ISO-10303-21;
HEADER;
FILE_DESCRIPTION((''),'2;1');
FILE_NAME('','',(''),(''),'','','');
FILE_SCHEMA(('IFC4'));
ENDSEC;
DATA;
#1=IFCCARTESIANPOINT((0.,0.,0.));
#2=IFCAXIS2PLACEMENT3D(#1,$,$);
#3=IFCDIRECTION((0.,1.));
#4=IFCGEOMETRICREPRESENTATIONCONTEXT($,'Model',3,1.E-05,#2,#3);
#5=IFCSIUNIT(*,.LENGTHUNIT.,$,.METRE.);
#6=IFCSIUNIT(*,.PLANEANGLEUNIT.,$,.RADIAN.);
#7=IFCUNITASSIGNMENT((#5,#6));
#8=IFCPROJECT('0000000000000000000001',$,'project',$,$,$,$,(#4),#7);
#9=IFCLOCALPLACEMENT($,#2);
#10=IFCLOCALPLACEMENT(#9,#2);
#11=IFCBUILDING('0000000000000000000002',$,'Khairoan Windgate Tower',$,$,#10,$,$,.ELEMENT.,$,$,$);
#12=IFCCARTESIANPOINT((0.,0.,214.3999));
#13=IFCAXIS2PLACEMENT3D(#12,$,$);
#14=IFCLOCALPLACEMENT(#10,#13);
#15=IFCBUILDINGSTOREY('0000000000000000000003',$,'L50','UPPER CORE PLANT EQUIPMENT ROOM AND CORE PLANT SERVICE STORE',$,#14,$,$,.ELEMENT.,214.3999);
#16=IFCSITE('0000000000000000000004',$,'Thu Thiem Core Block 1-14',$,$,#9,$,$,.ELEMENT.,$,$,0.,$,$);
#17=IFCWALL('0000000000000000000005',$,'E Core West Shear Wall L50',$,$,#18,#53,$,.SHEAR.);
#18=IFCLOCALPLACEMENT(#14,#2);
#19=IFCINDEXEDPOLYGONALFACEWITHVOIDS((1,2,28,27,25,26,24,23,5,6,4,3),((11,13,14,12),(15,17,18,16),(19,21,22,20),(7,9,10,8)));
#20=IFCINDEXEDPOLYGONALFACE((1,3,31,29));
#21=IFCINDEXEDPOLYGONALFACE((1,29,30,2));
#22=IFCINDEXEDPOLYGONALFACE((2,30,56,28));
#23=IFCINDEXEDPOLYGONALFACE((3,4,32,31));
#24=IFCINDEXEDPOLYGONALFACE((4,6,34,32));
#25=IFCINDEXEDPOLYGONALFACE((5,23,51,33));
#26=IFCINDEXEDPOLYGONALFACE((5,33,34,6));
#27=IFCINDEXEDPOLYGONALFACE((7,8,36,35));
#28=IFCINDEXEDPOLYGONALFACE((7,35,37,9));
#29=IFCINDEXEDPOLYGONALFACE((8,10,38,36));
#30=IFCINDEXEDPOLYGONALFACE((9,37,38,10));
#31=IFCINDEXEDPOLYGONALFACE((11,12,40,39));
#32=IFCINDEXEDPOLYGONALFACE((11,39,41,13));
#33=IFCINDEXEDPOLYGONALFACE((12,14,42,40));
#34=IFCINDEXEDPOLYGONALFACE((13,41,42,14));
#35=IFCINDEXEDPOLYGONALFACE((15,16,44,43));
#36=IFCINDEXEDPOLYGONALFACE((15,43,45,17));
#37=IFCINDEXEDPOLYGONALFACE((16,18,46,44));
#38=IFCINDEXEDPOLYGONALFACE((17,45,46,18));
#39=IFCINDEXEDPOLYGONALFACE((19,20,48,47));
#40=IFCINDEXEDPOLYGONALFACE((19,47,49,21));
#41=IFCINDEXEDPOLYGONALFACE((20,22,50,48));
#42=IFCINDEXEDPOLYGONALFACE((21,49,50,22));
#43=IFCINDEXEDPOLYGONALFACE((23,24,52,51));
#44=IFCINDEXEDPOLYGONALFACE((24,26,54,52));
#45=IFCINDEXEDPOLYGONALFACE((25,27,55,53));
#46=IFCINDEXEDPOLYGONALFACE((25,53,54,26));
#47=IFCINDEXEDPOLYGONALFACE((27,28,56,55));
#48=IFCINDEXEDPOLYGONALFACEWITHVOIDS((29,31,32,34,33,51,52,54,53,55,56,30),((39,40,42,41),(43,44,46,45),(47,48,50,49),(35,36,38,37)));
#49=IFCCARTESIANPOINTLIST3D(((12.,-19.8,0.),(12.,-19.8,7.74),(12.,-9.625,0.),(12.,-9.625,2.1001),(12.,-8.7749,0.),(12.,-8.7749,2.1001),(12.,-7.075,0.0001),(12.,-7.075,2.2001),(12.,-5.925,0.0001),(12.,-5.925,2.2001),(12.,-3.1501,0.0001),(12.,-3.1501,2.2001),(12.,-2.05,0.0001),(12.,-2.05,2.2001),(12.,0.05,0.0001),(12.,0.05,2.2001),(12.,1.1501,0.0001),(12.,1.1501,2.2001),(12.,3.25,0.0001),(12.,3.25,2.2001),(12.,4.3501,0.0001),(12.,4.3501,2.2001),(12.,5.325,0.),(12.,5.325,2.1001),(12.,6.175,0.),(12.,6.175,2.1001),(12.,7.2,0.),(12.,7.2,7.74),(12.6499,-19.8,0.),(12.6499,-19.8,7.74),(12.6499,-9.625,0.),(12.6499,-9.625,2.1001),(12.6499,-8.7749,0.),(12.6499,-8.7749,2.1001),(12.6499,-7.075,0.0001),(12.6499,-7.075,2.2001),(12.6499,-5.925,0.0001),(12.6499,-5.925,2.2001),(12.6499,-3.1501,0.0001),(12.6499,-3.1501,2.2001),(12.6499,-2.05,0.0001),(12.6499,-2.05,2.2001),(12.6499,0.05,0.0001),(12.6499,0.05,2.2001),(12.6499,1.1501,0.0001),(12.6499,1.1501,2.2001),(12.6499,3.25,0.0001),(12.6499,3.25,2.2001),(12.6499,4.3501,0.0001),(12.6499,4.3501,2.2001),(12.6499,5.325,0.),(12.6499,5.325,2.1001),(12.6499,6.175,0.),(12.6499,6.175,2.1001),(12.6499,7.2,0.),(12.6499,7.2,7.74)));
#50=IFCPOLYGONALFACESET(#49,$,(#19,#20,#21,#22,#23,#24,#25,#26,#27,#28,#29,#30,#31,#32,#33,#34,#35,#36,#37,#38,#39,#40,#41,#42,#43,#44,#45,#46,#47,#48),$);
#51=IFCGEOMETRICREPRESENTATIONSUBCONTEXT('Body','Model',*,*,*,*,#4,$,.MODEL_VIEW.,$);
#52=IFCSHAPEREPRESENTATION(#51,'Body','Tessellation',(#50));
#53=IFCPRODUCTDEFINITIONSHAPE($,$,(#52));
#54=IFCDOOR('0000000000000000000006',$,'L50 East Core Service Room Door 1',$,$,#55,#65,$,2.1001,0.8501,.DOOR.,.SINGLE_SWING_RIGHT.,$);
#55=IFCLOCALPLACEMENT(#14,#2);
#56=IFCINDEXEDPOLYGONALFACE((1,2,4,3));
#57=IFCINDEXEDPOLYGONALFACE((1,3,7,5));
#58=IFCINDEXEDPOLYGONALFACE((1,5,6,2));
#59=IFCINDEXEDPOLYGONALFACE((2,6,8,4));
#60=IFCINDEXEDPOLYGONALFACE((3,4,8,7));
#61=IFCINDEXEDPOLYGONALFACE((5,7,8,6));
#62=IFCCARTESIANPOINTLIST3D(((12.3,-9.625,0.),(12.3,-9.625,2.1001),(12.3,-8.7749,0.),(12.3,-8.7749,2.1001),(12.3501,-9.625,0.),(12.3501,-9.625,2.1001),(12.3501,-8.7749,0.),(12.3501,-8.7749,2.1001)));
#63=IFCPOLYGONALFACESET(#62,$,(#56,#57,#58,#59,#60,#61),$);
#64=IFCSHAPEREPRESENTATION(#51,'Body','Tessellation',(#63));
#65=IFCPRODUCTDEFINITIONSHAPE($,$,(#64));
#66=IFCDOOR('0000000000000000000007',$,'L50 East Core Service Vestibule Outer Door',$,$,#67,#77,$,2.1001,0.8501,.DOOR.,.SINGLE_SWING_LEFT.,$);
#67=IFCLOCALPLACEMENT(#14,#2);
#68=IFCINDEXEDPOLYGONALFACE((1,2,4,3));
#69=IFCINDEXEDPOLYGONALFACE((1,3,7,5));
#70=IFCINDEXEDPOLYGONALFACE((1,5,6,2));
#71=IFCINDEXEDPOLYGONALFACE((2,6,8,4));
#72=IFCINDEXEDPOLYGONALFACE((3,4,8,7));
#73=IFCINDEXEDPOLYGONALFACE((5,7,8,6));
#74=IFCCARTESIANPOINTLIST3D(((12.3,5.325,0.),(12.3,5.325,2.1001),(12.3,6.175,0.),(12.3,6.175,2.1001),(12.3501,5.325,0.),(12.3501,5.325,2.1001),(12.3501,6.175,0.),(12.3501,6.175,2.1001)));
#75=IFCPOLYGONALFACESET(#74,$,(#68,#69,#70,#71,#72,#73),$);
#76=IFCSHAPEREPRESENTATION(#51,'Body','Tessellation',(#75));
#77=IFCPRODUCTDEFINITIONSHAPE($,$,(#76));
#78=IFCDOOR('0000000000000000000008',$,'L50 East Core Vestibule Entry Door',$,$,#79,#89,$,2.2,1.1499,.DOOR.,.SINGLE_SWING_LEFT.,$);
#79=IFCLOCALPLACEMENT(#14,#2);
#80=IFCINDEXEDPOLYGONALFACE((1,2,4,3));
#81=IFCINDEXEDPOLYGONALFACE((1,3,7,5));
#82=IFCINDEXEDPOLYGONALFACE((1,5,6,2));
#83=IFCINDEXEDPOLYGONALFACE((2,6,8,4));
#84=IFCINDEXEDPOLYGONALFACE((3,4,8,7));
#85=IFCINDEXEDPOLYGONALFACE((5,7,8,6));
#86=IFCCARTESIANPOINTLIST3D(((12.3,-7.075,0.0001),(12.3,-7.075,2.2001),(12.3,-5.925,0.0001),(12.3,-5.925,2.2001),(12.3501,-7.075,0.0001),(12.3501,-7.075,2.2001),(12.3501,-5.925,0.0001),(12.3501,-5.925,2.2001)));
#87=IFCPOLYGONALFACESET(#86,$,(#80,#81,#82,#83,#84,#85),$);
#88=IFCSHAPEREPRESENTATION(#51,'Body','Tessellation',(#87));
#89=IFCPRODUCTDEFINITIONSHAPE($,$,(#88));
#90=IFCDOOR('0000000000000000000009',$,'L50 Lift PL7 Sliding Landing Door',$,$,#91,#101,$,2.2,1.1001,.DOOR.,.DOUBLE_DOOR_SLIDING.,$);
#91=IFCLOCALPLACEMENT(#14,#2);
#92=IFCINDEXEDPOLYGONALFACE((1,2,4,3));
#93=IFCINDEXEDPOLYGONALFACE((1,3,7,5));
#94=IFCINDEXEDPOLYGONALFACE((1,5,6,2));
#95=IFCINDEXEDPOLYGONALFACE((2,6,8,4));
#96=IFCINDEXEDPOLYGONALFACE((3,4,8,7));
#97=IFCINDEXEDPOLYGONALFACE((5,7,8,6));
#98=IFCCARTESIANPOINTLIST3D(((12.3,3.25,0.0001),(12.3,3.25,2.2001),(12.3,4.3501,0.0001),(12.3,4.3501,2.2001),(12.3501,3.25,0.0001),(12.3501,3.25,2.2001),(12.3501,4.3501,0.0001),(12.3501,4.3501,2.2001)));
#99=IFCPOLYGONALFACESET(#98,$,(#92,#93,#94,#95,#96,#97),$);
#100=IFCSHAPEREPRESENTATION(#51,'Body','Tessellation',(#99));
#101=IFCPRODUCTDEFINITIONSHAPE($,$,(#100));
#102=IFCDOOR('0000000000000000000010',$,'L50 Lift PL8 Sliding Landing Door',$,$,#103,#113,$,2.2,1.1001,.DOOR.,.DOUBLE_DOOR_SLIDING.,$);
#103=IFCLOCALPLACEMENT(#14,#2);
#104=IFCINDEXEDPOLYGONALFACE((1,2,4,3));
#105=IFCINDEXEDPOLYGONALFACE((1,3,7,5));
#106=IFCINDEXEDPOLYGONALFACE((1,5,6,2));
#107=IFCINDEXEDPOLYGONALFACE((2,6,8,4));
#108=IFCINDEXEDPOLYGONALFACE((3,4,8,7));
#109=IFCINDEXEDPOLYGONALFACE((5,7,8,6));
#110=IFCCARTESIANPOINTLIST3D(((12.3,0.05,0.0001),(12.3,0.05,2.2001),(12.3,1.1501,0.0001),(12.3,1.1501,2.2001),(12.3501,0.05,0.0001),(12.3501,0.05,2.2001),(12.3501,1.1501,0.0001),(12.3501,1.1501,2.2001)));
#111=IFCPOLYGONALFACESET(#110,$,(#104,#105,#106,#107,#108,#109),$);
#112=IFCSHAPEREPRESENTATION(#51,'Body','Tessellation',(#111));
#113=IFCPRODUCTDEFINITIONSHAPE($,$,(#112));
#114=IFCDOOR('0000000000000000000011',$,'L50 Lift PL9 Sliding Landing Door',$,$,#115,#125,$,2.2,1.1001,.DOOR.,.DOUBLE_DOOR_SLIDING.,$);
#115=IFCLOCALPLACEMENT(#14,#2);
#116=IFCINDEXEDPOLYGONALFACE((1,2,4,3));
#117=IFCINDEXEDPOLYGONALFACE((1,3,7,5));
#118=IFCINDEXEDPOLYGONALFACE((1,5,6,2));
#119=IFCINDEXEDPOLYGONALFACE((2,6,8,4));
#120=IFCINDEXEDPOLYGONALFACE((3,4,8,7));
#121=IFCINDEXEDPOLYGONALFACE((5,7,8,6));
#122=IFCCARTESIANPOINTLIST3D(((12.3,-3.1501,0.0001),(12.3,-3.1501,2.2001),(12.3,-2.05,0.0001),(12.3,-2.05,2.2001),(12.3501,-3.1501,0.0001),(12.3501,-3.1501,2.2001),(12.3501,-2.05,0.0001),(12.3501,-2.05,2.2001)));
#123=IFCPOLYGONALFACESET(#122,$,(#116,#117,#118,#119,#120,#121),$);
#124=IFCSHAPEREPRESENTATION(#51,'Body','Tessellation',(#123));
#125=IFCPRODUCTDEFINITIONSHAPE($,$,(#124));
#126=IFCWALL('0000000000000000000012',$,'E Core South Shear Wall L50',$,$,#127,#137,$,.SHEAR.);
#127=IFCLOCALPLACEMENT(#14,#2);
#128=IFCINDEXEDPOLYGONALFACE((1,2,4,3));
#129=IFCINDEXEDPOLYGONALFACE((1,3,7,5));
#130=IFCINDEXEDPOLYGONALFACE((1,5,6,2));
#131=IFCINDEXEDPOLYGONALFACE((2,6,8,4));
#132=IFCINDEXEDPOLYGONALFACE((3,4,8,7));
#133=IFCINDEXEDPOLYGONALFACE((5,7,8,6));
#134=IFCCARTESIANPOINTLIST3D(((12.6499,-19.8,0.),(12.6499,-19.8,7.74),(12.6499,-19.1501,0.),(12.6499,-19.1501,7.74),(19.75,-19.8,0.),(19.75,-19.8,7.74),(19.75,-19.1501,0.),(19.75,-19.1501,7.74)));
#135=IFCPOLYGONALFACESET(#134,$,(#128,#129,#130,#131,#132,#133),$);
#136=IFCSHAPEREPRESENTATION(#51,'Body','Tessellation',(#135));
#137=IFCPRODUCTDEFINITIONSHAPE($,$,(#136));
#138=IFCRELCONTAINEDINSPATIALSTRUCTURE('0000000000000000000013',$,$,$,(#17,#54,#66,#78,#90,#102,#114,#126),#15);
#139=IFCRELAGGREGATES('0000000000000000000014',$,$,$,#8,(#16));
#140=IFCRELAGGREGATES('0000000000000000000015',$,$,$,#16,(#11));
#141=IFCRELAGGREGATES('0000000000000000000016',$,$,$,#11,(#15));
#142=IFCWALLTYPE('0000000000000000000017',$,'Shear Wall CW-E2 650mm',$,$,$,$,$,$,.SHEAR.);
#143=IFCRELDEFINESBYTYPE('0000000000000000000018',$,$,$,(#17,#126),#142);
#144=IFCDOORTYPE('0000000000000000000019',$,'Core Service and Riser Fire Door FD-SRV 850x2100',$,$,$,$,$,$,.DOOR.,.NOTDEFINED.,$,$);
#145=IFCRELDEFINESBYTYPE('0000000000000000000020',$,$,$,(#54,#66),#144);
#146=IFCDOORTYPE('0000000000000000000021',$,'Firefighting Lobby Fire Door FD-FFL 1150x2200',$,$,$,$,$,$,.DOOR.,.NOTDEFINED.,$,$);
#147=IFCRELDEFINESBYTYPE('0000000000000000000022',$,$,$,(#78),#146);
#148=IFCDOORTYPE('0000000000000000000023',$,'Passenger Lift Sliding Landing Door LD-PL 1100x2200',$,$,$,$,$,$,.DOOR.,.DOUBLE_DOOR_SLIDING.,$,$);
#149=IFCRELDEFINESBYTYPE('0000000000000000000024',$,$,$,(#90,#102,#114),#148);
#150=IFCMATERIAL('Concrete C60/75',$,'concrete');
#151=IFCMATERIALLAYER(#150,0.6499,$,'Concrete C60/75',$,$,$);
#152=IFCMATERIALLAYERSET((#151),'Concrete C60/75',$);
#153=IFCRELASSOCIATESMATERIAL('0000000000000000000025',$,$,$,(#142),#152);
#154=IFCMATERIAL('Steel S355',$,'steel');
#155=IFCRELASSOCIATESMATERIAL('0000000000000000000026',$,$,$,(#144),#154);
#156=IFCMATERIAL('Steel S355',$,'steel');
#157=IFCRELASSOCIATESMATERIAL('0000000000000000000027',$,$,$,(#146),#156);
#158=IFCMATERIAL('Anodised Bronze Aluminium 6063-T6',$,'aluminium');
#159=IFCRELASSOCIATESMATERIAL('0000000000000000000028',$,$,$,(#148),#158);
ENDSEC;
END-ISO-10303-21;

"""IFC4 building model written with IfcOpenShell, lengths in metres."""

from ifc_helpers import new_model, si_unit, direction, frame, frame_2d, origin, place, context, subcontext, project, spatial, rectangle, extrude, material, layer, layer_set, type_object, element, fill, save


model = new_model("IFC4")

# Units and contexts
model_context = context("Model", 3, precision=1e-05, world=origin(), true_north=direction((0.0, 1.0)))
body_context = subcontext(model_context, "Body", "Model", "MODEL_VIEW")
ifc_project = project(units=[si_unit("LENGTHUNIT", "METRE"), si_unit("PLANEANGLEUNIT", "RADIAN")], contexts=[model_context])

# Site, building, storey
site_placement = place(None, origin())
site = spatial("IfcSite", under=ifc_project, at=site_placement, Name="Thu Thiem Core Block 1-14", CompositionType="ELEMENT", RefElevation=0.0)
building_placement = place(site_placement, origin())
building = spatial("IfcBuilding", under=site, at=building_placement, Name="Khairoan Windgate Tower", CompositionType="ELEMENT")
storey_placement = place(building_placement, frame((0.0, 0.0, 214.3999)))
storey = spatial("IfcBuildingStorey", under=building, at=storey_placement, Name="L50", Description="UPPER CORE PLANT EQUIPMENT ROOM AND CORE PLANT SERVICE STORE", CompositionType="ELEMENT", Elevation=214.3999)

# Wall, openings, doors
ifc_material_1 = material(Name="Concrete C60/75", Category="concrete")
ifc_layer_1 = layer(ifc_material_1, 0.6499, Name="Concrete C60/75")
ifc_layer_set_1 = layer_set([ifc_layer_1], Name="Concrete C60/75")
wall_type_1 = type_object("IfcWallType", Name="Shear Wall CW-E2 650mm", PredefinedType="SHEAR", material=ifc_layer_set_1)
wall_1_placement = place(storey_placement, frame((12.325, -19.8, 0.0), z_axis=(0.0, 0.0, 1.0), x_axis=(0.0, 1.0, 0.0)))
wall_1 = element("IfcWall", 1, at=wall_1_placement, inside=storey, type_object=wall_type_1, Name="E Core West Shear Wall L50", PredefinedType="SHEAR", context=body_context, shape_type="SweptSolid", body=[
    extrude(rectangle(XDim=27.0, YDim=0.6499, at=frame_2d((13.5, 0.0))), origin(), (0.0, 0.0, 1.0), 7.74),
])
opening_1_placement = place(wall_1_placement, frame((23.05, 0.0, 0.0)))
opening_1 = element("IfcOpeningElement", 2, at=opening_1_placement, cuts=wall_1, PredefinedType="OPENING", context=body_context, shape_type="SweptSolid", body=[
    extrude(rectangle(XDim=1.1001, YDim=2.2, at=frame_2d((0.55, 1.1001))), frame((0.0, 0.335, 0.0), z_axis=(0.0, -1.0, 0.0), x_axis=(1.0, 0.0, 0.0)), (0.0, 0.0, 1.0), 0.6699),
])
opening_2_placement = place(wall_1_placement, frame((19.8501, 0.0, 0.0)))
opening_2 = element("IfcOpeningElement", 3, at=opening_2_placement, cuts=wall_1, PredefinedType="OPENING", context=body_context, shape_type="SweptSolid", body=[
    extrude(rectangle(XDim=1.1001, YDim=2.2, at=frame_2d((0.55, 1.1001))), frame((0.0, 0.335, 0.0), z_axis=(0.0, -1.0, 0.0), x_axis=(1.0, 0.0, 0.0)), (0.0, 0.0, 1.0), 0.6699),
])
opening_3_placement = place(wall_1_placement, frame((16.6499, 0.0, 0.0)))
opening_3 = element("IfcOpeningElement", 4, at=opening_3_placement, cuts=wall_1, PredefinedType="OPENING", context=body_context, shape_type="SweptSolid", body=[
    extrude(rectangle(XDim=1.1001, YDim=2.2, at=frame_2d((0.55, 1.1001))), frame((0.0, 0.335, 0.0), z_axis=(0.0, -1.0, 0.0), x_axis=(1.0, 0.0, 0.0)), (0.0, 0.0, 1.0), 0.6699),
])
opening_4_placement = place(wall_1_placement, frame((10.175, 0.0, 0.0)))
opening_4 = element("IfcOpeningElement", 5, at=opening_4_placement, cuts=wall_1, PredefinedType="OPENING", context=body_context, shape_type="SweptSolid", body=[
    extrude(rectangle(XDim=0.8501, YDim=2.1001, at=frame_2d((0.425, 1.05))), frame((0.0, 0.335, 0.0), z_axis=(0.0, -1.0, 0.0), x_axis=(1.0, 0.0, 0.0)), (0.0, 0.0, 1.0), 0.6699),
])
opening_5_placement = place(wall_1_placement, frame((12.7251, 0.0, 0.0)))
opening_5 = element("IfcOpeningElement", 6, at=opening_5_placement, cuts=wall_1, PredefinedType="OPENING", context=body_context, shape_type="SweptSolid", body=[
    extrude(rectangle(XDim=1.1499, YDim=2.2, at=frame_2d((0.575, 1.1001))), frame((0.0, 0.335, 0.0), z_axis=(0.0, -1.0, 0.0), x_axis=(1.0, 0.0, 0.0)), (0.0, 0.0, 1.0), 0.6699),
])
opening_6_placement = place(wall_1_placement, frame((25.125, 0.0, 0.0)))
opening_6 = element("IfcOpeningElement", 7, at=opening_6_placement, cuts=wall_1, PredefinedType="OPENING", context=body_context, shape_type="SweptSolid", body=[
    extrude(rectangle(XDim=0.8501, YDim=2.1001, at=frame_2d((0.425, 1.05))), frame((0.0, 0.335, 0.0), z_axis=(0.0, -1.0, 0.0), x_axis=(1.0, 0.0, 0.0)), (0.0, 0.0, 1.0), 0.6699),
])
ifc_material_2 = material(Name="Steel S355", Category="steel")
door_type_1 = type_object("IfcDoorType", Name="Core Service and Riser Fire Door FD-SRV 850x2100", OperationType="NOTDEFINED", PredefinedType="DOOR", material=ifc_material_2)
door_1_placement = place(opening_4_placement, origin())
door_1 = element("IfcDoor", 8, at=door_1_placement, inside=storey, type_object=door_type_1, Name="L50 East Core Service Room Door 1", OperationType="SINGLE_SWING_RIGHT", OverallHeight=2.1001, OverallWidth=0.8501, PredefinedType="DOOR", context=body_context, shape_type="SweptSolid", body=[
    extrude(rectangle(XDim=0.8501, YDim=2.1001, at=frame_2d((0.425, 1.05))), frame((0.0, 0.0249, 0.0), z_axis=(0.0, -1.0, 0.0), x_axis=(1.0, 0.0, 0.0)), (0.0, 0.0, 1.0), 0.05),
])
fill(opening_4, door_1)
door_2_placement = place(opening_6_placement, origin())
door_2 = element("IfcDoor", 9, at=door_2_placement, inside=storey, type_object=door_type_1, Name="L50 East Core Service Vestibule Outer Door", OperationType="SINGLE_SWING_LEFT", OverallHeight=2.1001, OverallWidth=0.8501, PredefinedType="DOOR", context=body_context, shape_type="SweptSolid", body=[
    extrude(rectangle(XDim=0.8501, YDim=2.1001, at=frame_2d((0.425, 1.05))), frame((0.0, 0.0249, 0.0), z_axis=(0.0, -1.0, 0.0), x_axis=(1.0, 0.0, 0.0)), (0.0, 0.0, 1.0), 0.05),
])
fill(opening_6, door_2)
ifc_material_3 = material(Name="Steel S355", Category="steel")
door_type_2 = type_object("IfcDoorType", Name="Firefighting Lobby Fire Door FD-FFL 1150x2200", OperationType="NOTDEFINED", PredefinedType="DOOR", material=ifc_material_3)
door_3_placement = place(opening_5_placement, origin())
door_3 = element("IfcDoor", 10, at=door_3_placement, inside=storey, type_object=door_type_2, Name="L50 East Core Vestibule Entry Door", OperationType="SINGLE_SWING_LEFT", OverallHeight=2.2, OverallWidth=1.1499, PredefinedType="DOOR", context=body_context, shape_type="SweptSolid", body=[
    extrude(rectangle(XDim=1.1499, YDim=2.2, at=frame_2d((0.575, 1.1001))), frame((0.0, 0.0249, 0.0), z_axis=(0.0, -1.0, 0.0), x_axis=(1.0, 0.0, 0.0)), (0.0, 0.0, 1.0), 0.05),
])
fill(opening_5, door_3)
ifc_material_4 = material(Name="Anodised Bronze Aluminium 6063-T6", Category="aluminium")
door_type_3 = type_object("IfcDoorType", Name="Passenger Lift Sliding Landing Door LD-PL 1100x2200", OperationType="DOUBLE_DOOR_SLIDING", PredefinedType="DOOR", material=ifc_material_4)
door_4_placement = place(opening_1_placement, origin())
door_4 = element("IfcDoor", 11, at=door_4_placement, inside=storey, type_object=door_type_3, Name="L50 Lift PL7 Sliding Landing Door", OperationType="DOUBLE_DOOR_SLIDING", OverallHeight=2.2, OverallWidth=1.1001, PredefinedType="DOOR", context=body_context, shape_type="SweptSolid", body=[
    extrude(rectangle(XDim=1.1001, YDim=2.2, at=frame_2d((0.55, 1.1001))), frame((0.0, 0.0249, 0.0), z_axis=(0.0, -1.0, 0.0), x_axis=(1.0, 0.0, 0.0)), (0.0, 0.0, 1.0), 0.05),
])
fill(opening_1, door_4)
door_5_placement = place(opening_2_placement, origin())
door_5 = element("IfcDoor", 12, at=door_5_placement, inside=storey, type_object=door_type_3, Name="L50 Lift PL8 Sliding Landing Door", OperationType="DOUBLE_DOOR_SLIDING", OverallHeight=2.2, OverallWidth=1.1001, PredefinedType="DOOR", context=body_context, shape_type="SweptSolid", body=[
    extrude(rectangle(XDim=1.1001, YDim=2.2, at=frame_2d((0.55, 1.1001))), frame((0.0, 0.0249, 0.0), z_axis=(0.0, -1.0, 0.0), x_axis=(1.0, 0.0, 0.0)), (0.0, 0.0, 1.0), 0.05),
])
fill(opening_2, door_5)
door_6_placement = place(opening_3_placement, origin())
door_6 = element("IfcDoor", 13, at=door_6_placement, inside=storey, type_object=door_type_3, Name="L50 Lift PL9 Sliding Landing Door", OperationType="DOUBLE_DOOR_SLIDING", OverallHeight=2.2, OverallWidth=1.1001, PredefinedType="DOOR", context=body_context, shape_type="SweptSolid", body=[
    extrude(rectangle(XDim=1.1001, YDim=2.2, at=frame_2d((0.55, 1.1001))), frame((0.0, 0.0249, 0.0), z_axis=(0.0, -1.0, 0.0), x_axis=(1.0, 0.0, 0.0)), (0.0, 0.0, 1.0), 0.05),
])
fill(opening_3, door_6)

# Wall
wall_2_placement = place(storey_placement, frame((12.6499, -19.4751, 0.0), z_axis=(0.0, 0.0, 1.0), x_axis=(1.0, 0.0, 0.0)))
element("IfcWall", 14, at=wall_2_placement, inside=storey, type_object=wall_type_1, Name="E Core South Shear Wall L50", PredefinedType="SHEAR", context=body_context, shape_type="SweptSolid", body=[
    extrude(rectangle(XDim=7.1001, YDim=0.6499, at=frame_2d((3.55, 0.0))), origin(), (0.0, 0.0, 1.0), 7.74),
])

save(model, "model.ifc")
